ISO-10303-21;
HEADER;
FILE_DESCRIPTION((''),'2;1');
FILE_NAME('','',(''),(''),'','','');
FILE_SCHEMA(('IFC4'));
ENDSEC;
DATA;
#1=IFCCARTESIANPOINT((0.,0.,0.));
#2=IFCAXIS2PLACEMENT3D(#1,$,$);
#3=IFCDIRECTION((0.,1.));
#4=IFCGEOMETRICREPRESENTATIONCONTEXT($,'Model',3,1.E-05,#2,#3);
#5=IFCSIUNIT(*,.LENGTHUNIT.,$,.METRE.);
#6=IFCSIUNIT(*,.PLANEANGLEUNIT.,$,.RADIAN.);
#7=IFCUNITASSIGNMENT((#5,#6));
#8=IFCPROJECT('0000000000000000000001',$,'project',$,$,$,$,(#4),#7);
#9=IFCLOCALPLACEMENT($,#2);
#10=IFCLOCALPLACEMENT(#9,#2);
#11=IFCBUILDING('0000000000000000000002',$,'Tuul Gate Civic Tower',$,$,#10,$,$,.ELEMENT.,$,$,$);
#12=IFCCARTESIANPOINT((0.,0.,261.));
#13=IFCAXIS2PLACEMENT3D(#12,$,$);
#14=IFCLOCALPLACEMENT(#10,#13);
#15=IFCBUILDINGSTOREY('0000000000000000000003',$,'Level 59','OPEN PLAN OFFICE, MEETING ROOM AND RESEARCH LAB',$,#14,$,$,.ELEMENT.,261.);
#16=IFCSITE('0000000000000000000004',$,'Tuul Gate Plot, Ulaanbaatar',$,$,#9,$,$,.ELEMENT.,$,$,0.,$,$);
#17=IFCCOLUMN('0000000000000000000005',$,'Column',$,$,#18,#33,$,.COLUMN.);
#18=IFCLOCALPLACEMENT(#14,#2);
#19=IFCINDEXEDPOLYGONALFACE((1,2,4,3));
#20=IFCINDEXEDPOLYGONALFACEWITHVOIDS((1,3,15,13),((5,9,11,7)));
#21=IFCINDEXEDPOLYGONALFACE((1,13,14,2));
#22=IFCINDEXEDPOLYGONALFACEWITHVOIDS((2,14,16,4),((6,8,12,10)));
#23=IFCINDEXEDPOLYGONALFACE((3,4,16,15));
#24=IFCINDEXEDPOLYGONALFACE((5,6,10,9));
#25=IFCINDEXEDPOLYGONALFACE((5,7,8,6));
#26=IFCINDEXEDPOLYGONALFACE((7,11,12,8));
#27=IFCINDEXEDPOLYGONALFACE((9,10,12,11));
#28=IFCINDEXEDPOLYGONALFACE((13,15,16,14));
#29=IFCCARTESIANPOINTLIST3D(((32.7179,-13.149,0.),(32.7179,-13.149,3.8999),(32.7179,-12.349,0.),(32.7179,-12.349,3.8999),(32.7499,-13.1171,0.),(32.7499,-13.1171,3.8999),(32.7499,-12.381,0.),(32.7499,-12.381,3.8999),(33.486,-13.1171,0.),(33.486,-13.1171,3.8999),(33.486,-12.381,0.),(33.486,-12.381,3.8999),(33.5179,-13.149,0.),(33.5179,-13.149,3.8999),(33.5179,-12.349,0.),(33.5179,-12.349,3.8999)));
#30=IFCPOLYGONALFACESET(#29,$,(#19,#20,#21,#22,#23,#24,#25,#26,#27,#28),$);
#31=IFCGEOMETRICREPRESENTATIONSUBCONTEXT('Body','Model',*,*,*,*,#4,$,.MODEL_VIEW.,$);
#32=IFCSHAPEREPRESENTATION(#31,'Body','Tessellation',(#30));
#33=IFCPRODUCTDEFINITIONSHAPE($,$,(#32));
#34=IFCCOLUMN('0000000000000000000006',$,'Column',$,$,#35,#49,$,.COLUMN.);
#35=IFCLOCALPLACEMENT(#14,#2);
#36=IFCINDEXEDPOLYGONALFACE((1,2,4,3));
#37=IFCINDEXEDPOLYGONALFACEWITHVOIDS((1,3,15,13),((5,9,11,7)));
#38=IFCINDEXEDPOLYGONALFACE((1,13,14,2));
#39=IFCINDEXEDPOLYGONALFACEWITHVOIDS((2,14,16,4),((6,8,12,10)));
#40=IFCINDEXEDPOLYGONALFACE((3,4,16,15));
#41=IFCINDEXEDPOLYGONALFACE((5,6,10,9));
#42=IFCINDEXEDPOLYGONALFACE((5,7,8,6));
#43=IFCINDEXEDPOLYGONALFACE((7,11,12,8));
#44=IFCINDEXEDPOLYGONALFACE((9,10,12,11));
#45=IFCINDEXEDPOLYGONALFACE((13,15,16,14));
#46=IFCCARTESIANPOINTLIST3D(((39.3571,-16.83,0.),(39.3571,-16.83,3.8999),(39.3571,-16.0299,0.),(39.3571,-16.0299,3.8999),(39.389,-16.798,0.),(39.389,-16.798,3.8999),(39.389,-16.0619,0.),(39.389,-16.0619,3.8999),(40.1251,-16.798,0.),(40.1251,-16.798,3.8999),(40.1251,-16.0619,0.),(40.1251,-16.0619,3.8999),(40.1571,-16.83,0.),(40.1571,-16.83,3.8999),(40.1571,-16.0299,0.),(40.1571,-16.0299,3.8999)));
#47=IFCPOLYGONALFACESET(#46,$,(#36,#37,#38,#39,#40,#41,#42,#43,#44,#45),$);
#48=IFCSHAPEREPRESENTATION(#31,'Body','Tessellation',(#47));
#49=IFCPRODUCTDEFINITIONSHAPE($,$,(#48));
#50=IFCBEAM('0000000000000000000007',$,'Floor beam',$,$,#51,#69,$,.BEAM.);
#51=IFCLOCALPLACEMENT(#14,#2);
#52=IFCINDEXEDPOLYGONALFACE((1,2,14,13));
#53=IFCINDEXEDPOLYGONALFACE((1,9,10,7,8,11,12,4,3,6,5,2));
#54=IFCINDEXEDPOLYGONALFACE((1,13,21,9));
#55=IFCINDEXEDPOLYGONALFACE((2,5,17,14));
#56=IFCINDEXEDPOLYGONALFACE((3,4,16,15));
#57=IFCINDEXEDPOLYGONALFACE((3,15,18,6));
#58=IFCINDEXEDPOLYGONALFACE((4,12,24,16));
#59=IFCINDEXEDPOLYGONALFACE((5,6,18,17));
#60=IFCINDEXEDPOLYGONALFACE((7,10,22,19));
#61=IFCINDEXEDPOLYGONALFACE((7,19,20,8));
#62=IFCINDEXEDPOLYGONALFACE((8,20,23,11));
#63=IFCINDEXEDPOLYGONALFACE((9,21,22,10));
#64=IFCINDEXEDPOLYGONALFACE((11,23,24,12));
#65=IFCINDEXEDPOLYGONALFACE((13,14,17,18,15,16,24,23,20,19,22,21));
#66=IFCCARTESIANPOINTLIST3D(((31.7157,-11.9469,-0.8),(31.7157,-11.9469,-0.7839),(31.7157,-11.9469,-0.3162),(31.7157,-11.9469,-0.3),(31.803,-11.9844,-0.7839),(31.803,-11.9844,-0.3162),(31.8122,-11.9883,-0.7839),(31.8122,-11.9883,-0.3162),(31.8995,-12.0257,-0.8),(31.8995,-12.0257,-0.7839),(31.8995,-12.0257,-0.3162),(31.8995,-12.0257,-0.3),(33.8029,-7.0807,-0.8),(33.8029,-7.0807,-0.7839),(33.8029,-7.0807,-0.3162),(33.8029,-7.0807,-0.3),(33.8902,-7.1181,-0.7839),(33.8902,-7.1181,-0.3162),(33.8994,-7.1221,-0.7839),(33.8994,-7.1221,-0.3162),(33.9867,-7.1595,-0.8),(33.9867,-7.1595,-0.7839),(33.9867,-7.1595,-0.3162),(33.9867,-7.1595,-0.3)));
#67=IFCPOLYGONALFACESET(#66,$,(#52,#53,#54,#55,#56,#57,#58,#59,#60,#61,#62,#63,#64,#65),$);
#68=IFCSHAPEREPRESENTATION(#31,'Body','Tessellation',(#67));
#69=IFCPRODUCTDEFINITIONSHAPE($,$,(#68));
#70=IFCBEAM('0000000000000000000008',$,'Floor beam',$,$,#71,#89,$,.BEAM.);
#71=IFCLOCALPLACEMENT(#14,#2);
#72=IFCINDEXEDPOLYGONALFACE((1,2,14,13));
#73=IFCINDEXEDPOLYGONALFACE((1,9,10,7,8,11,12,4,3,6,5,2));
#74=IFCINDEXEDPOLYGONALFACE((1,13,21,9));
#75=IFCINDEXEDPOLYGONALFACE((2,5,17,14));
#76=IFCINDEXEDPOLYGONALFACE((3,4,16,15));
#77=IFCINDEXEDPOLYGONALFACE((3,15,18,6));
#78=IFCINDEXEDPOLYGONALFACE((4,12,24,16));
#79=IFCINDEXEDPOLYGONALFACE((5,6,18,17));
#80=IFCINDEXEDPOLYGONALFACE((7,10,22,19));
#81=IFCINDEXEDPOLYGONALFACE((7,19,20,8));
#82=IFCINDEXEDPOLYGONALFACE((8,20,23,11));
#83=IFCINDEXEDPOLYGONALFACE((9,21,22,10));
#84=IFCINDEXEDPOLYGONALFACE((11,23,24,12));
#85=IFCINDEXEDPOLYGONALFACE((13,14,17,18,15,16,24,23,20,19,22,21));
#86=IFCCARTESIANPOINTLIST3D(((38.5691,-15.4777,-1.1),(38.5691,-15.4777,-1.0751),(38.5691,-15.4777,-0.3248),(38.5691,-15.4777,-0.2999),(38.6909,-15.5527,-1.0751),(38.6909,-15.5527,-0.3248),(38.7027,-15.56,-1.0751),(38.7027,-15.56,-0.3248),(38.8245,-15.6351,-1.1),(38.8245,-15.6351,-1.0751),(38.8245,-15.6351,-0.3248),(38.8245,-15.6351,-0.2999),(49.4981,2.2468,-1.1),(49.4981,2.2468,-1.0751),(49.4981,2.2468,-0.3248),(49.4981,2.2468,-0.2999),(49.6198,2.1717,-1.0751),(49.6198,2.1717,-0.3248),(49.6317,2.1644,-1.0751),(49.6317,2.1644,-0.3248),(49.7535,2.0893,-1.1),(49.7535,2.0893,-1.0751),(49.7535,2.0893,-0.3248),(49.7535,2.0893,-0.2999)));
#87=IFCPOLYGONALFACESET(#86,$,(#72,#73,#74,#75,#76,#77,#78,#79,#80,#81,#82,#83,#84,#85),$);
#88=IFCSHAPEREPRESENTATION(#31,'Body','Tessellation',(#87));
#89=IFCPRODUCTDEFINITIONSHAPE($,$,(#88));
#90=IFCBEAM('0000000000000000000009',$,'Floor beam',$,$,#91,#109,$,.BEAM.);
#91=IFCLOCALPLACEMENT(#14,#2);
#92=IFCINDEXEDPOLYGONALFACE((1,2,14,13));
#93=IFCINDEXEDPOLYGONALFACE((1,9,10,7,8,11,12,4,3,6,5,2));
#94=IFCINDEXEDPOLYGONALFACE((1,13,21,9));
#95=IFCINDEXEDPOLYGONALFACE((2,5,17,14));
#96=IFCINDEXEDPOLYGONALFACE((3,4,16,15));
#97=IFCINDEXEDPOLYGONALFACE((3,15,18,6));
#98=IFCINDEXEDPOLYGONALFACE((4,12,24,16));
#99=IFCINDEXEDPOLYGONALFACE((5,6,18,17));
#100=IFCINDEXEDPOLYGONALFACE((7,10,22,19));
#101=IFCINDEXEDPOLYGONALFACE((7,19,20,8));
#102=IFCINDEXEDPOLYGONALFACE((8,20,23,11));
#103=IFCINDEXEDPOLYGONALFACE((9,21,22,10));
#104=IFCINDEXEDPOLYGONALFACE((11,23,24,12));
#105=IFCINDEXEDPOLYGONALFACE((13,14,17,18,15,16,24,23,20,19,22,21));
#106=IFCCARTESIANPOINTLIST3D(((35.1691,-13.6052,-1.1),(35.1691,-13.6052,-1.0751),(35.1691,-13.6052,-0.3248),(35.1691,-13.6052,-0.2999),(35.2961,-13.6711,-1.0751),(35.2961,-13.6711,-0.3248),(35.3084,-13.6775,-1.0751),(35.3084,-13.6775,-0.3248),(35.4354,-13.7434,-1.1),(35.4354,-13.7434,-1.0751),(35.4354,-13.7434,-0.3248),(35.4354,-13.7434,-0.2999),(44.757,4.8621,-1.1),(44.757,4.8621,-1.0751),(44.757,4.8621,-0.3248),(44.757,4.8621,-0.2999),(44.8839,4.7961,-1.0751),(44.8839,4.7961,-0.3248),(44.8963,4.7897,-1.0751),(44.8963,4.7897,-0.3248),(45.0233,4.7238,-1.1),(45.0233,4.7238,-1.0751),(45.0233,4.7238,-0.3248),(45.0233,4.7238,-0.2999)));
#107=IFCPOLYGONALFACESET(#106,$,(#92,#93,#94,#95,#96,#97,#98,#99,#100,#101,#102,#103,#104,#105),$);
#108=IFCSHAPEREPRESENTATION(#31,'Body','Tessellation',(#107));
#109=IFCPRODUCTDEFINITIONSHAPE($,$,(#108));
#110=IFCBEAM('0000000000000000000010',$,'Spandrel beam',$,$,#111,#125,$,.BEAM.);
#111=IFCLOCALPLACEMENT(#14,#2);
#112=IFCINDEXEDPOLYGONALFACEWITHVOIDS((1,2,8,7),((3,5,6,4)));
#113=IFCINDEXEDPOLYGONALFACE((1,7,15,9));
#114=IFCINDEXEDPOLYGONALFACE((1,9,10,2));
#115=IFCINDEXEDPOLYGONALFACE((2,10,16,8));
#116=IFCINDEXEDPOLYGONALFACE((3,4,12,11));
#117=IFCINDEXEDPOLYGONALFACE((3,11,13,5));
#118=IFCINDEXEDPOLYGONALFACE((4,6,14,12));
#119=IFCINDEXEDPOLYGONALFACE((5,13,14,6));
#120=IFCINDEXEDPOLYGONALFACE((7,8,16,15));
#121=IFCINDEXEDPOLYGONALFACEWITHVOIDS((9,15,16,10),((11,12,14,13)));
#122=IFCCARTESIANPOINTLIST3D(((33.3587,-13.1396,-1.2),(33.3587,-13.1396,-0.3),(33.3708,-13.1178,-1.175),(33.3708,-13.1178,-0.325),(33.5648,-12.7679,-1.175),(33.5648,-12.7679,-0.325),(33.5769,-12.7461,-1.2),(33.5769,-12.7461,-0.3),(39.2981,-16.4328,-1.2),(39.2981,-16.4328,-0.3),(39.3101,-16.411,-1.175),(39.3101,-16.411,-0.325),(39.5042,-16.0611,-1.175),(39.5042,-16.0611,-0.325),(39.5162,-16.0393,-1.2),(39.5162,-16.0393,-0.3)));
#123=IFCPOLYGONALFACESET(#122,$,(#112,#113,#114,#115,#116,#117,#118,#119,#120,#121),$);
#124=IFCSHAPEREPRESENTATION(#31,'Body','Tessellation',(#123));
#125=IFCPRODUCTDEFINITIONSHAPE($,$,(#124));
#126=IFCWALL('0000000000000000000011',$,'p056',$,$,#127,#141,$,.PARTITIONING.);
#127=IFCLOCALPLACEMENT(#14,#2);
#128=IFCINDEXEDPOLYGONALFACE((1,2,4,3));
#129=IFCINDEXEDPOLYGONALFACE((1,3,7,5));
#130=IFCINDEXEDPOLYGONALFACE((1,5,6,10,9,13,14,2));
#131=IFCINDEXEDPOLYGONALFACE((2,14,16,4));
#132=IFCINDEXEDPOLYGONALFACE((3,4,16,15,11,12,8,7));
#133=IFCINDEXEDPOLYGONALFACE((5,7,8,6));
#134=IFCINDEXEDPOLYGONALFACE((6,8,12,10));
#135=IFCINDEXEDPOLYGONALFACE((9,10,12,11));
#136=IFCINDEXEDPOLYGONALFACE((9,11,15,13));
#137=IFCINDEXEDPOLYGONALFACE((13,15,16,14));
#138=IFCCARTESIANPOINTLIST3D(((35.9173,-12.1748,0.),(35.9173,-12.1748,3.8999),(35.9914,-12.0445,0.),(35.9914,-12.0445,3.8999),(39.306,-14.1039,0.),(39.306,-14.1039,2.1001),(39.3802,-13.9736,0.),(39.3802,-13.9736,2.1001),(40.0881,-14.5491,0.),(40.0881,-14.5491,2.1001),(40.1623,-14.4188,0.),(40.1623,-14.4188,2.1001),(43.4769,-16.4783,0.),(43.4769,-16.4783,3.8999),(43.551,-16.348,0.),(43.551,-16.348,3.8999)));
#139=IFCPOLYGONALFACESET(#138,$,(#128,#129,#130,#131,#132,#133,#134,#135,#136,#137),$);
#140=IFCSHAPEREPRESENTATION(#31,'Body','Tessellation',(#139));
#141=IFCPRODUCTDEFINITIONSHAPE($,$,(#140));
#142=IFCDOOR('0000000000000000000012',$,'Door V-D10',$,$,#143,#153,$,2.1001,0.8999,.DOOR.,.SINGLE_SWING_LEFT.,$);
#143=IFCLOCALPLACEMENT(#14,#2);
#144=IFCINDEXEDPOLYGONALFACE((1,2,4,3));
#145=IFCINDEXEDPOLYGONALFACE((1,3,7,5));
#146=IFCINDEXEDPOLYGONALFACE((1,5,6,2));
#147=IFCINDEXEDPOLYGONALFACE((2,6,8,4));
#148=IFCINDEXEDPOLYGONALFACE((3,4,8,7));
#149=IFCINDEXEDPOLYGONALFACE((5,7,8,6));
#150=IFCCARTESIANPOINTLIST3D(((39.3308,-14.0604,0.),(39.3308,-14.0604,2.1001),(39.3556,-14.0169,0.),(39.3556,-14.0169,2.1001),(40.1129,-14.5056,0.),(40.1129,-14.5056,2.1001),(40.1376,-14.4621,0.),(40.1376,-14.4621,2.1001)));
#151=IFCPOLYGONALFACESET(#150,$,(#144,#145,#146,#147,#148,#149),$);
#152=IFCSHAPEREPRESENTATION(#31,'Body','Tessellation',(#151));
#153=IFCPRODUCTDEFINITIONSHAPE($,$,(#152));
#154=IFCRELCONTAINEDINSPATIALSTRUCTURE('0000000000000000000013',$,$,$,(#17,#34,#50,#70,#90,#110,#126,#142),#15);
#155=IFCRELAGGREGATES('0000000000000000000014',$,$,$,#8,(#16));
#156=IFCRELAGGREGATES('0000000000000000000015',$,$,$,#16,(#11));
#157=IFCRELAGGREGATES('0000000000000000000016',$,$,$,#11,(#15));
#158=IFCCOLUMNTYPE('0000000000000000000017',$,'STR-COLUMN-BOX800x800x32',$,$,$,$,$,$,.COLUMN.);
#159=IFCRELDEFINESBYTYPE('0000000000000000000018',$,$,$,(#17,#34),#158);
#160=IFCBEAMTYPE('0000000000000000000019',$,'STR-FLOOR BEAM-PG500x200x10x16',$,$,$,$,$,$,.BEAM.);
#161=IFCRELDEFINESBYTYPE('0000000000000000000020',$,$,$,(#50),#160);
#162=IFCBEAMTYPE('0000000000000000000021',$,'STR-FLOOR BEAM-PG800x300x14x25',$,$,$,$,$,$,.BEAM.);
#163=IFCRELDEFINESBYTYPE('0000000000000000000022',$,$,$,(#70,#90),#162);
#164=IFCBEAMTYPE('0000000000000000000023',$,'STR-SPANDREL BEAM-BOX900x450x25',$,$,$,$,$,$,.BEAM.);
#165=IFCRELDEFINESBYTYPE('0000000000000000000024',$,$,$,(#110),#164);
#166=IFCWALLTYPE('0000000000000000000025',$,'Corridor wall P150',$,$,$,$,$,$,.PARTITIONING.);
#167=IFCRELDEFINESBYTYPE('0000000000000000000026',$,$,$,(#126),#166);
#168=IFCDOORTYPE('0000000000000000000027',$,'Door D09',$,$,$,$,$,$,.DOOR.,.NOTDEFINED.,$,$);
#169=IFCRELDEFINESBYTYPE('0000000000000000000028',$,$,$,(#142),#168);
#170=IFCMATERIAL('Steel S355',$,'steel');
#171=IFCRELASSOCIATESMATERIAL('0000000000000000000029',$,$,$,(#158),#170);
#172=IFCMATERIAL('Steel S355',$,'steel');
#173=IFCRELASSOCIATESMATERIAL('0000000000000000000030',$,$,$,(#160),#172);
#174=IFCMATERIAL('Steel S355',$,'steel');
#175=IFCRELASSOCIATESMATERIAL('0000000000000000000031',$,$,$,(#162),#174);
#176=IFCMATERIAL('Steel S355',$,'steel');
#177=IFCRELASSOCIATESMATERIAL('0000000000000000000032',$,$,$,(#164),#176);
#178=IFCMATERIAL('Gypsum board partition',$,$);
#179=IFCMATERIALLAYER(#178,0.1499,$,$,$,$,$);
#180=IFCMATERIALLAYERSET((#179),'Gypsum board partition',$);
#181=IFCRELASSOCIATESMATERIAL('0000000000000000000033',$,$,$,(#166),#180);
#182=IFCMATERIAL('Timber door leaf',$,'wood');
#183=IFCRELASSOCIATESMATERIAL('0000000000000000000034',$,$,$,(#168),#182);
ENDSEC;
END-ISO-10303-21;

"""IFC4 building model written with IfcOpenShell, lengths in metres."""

from ifc_helpers import new_model, si_unit, direction, frame, frame_2d, origin, origin_2d, place, context, subcontext, project, spatial, rectangle, hollow_rectangle, i_section, extrude, material, layer, layer_set, material_profile, profile_set, type_object, element, fill, save


model = new_model("IFC4")

# Units and contexts
model_context = context("Model", 3, precision=1e-05, world=origin(), true_north=direction((0.0, 1.0)))
body_context = subcontext(model_context, "Body", "Model", "MODEL_VIEW")
ifc_project = project(units=[si_unit("LENGTHUNIT", "METRE"), si_unit("PLANEANGLEUNIT", "RADIAN")], contexts=[model_context])

# Site, building, storey
site_placement = place(None, origin())
site = spatial("IfcSite", under=ifc_project, at=site_placement, Name="Tuul Gate Plot, Ulaanbaatar", CompositionType="ELEMENT", RefElevation=0.0)
building_placement = place(site_placement, origin())
building = spatial("IfcBuilding", under=site, at=building_placement, Name="Tuul Gate Civic Tower", CompositionType="ELEMENT")
storey_placement = place(building_placement, frame((0.0, 0.0, 261.0)))
storey = spatial("IfcBuildingStorey", under=building, at=storey_placement, Name="Level 59", Description="OPEN PLAN OFFICE, MEETING ROOM AND RESEARCH LAB", CompositionType="ELEMENT", Elevation=261.0)

# Columns
ifc_material_1 = material(Name="Steel S355", Category="steel")
ifc_material_profile_1 = material_profile(ifc_material_1, hollow_rectangle(XDim=0.8, YDim=0.8, WallThickness=0.032, at=origin_2d()), Name="BOX800x800x32")
ifc_profile_set_1 = profile_set([ifc_material_profile_1], Name="Steel S355")
column_type = type_object("IfcColumnType", Name="STR-COLUMN-BOX800x800x32", PredefinedType="COLUMN", material=ifc_profile_set_1)
for number, where, z_axis, x_axis, name in (
    (1, (33.1179, -12.749, 0.0), (0.0, 0.0, 1.0), (1.0, 0.0, 0.0), "Column"),
    (2, (39.7571, -16.4299, 0.0), (0.0, 0.0, 1.0), (1.0, 0.0, 0.0), "Column"),
):
    element("IfcColumn", number, at=place(storey_placement, frame(where, z_axis=z_axis, x_axis=x_axis)), inside=storey, type_object=column_type, Name=name, PredefinedType="COLUMN", context=body_context, shape_type="SweptSolid", body=[
        extrude(hollow_rectangle(XDim=0.8, YDim=0.8, WallThickness=0.032, at=origin_2d()), origin(), (0.0, 0.0, 1.0), 3.8999),
    ])

# Beams
ifc_material_2 = material(Name="Steel S355", Category="steel")
ifc_material_profile_2 = material_profile(ifc_material_2, i_section(OverallWidth=0.2, OverallDepth=0.5, WebThickness=0.01, FlangeThickness=0.0161, at=origin_2d()), Name="PG500x200x10x16")
ifc_profile_set_2 = profile_set([ifc_material_profile_2], Name="Steel S355")
beam_type_1 = type_object("IfcBeamType", Name="STR-FLOOR BEAM-PG500x200x10x16", PredefinedType="BEAM", material=ifc_profile_set_2)
beam_1_placement = place(storey_placement, frame((31.8076, -11.9863, -0.55), z_axis=(0.394181, 0.919033, 0.0), x_axis=(-0.919033, 0.394181, 0.0)))
element("IfcBeam", 3, at=beam_1_placement, inside=storey, type_object=beam_type_1, Name="Floor beam", PredefinedType="BEAM", context=body_context, shape_type="SweptSolid", body=[
    extrude(i_section(OverallWidth=0.2, OverallDepth=0.5, WebThickness=0.01, FlangeThickness=0.0161, at=origin_2d()), origin(), (0.0, 0.0, 1.0), 5.2949),
])
ifc_material_3 = material(Name="Steel S355", Category="steel")
ifc_material_profile_3 = material_profile(ifc_material_3, i_section(OverallWidth=0.3, OverallDepth=0.8, WebThickness=0.0139, FlangeThickness=0.0249, at=origin_2d()), Name="PG800x300x14x25")
ifc_profile_set_3 = profile_set([ifc_material_profile_3], Name="Steel S355")
beam_type_2 = type_object("IfcBeamType", Name="STR-FLOOR BEAM-PG800x300x14x25", PredefinedType="BEAM", material=ifc_profile_set_3)
beam_2_placement = place(storey_placement, frame((38.6968, -15.5564, -0.7), z_axis=(0.524851, 0.851194, 0.0), x_axis=(-0.851194, 0.524851, 0.0)))
element("IfcBeam", 4, at=beam_2_placement, inside=storey, type_object=beam_type_2, Name="Floor beam", PredefinedType="BEAM", context=body_context, shape_type="SweptSolid", body=[
    extrude(i_section(OverallWidth=0.3, OverallDepth=0.8, WebThickness=0.0139, FlangeThickness=0.0249, at=origin_2d()), origin(), (0.0, 0.0, 1.0), 20.823),
])
beam_3_placement = place(storey_placement, frame((35.3022, -13.6743, -0.7), z_axis=(0.460782, 0.887514, 0.0), x_axis=(-0.887514, 0.460782, 0.0)))
element("IfcBeam", 5, at=beam_3_placement, inside=storey, type_object=beam_type_2, Name="Floor beam", PredefinedType="BEAM", context=body_context, shape_type="SweptSolid", body=[
    extrude(i_section(OverallWidth=0.3, OverallDepth=0.8, WebThickness=0.0139, FlangeThickness=0.0249, at=origin_2d()), origin(), (0.0, 0.0, 1.0), 20.8079),
])
ifc_material_4 = material(Name="Steel S355", Category="steel")
ifc_material_profile_4 = material_profile(ifc_material_4, hollow_rectangle(XDim=0.45, YDim=0.8999, WallThickness=0.0249, at=origin_2d()), Name="BOX900x450x25")
ifc_profile_set_4 = profile_set([ifc_material_profile_4], Name="Steel S355")
beam_type_3 = type_object("IfcBeamType", Name="STR-SPANDREL BEAM-BOX900x450x25", PredefinedType="BEAM", material=ifc_profile_set_4)
beam_4_placement = place(storey_placement, frame((33.4678, -12.9429, -0.75), z_axis=(0.874562, -0.484913, 0.0), x_axis=(0.484913, 0.874562, 0.0)))
element("IfcBeam", 6, at=beam_4_placement, inside=storey, type_object=beam_type_3, Name="Spandrel beam", PredefinedType="BEAM", context=body_context, shape_type="SweptSolid", body=[
    extrude(hollow_rectangle(XDim=0.45, YDim=0.8999, WallThickness=0.0249, at=origin_2d()), origin(), (0.0, 0.0, 1.0), 6.7913),
])

# Wall, opening, door
ifc_material_5 = material(Name="Gypsum board partition")
ifc_layer_1 = layer(ifc_material_5, 0.1499)
ifc_layer_set_1 = layer_set([ifc_layer_1], Name="Gypsum board partition")
wall_type_1 = type_object("IfcWallType", Name="Corridor wall P150", PredefinedType="PARTITIONING", material=ifc_layer_set_1)
wall_1_placement = place(storey_placement, frame((35.9543, -12.1096, 0.0), z_axis=(0.0, 0.0, 1.0), x_axis=(0.869049, -0.494727, 0.0)))
wall_1 = element("IfcWall", 7, at=wall_1_placement, inside=storey, type_object=wall_type_1, Name="p056", PredefinedType="PARTITIONING", context=body_context, shape_type="SweptSolid", body=[
    extrude(rectangle(XDim=8.6987, YDim=0.1499, at=frame_2d((4.3494, 0.0))), origin(), (0.0, 0.0, 1.0), 3.8999),
])
opening_1_placement = place(wall_1_placement, frame((3.8994, 0.0, 0.0)))
opening_1 = element("IfcOpeningElement", 8, at=opening_1_placement, cuts=wall_1, PredefinedType="OPENING", context=body_context, shape_type="SweptSolid", body=[
    extrude(rectangle(XDim=0.8999, YDim=2.1001, at=frame_2d((0.45, 1.05))), frame((0.0, 0.085, 0.0), z_axis=(0.0, -1.0, 0.0), x_axis=(1.0, 0.0, 0.0)), (0.0, 0.0, 1.0), 0.1699),
])
ifc_material_6 = material(Name="Timber door leaf", Category="wood")
door_type = type_object("IfcDoorType", Name="Door D09", OperationType="NOTDEFINED", PredefinedType="DOOR", material=ifc_material_6)
door_placement = place(opening_1_placement, frame((0.8999, 0.0, 0.0), z_axis=(0.0, 0.0, 1.0), x_axis=(-1.0, 0.0, 0.0)))
door = element("IfcDoor", 9, at=door_placement, inside=storey, type_object=door_type, Name="Door V-D10", OperationType="SINGLE_SWING_LEFT", OverallHeight=2.1001, OverallWidth=0.8999, PredefinedType="DOOR", context=body_context, shape_type="SweptSolid", body=[
    extrude(rectangle(XDim=0.8999, YDim=2.1001, at=frame_2d((0.45, 1.05))), frame((0.0, 0.0249, 0.0), z_axis=(0.0, -1.0, 0.0), x_axis=(1.0, 0.0, 0.0)), (0.0, 0.0, 1.0), 0.05),
])
fill(opening_1, door)

save(model, "model.ifc")
